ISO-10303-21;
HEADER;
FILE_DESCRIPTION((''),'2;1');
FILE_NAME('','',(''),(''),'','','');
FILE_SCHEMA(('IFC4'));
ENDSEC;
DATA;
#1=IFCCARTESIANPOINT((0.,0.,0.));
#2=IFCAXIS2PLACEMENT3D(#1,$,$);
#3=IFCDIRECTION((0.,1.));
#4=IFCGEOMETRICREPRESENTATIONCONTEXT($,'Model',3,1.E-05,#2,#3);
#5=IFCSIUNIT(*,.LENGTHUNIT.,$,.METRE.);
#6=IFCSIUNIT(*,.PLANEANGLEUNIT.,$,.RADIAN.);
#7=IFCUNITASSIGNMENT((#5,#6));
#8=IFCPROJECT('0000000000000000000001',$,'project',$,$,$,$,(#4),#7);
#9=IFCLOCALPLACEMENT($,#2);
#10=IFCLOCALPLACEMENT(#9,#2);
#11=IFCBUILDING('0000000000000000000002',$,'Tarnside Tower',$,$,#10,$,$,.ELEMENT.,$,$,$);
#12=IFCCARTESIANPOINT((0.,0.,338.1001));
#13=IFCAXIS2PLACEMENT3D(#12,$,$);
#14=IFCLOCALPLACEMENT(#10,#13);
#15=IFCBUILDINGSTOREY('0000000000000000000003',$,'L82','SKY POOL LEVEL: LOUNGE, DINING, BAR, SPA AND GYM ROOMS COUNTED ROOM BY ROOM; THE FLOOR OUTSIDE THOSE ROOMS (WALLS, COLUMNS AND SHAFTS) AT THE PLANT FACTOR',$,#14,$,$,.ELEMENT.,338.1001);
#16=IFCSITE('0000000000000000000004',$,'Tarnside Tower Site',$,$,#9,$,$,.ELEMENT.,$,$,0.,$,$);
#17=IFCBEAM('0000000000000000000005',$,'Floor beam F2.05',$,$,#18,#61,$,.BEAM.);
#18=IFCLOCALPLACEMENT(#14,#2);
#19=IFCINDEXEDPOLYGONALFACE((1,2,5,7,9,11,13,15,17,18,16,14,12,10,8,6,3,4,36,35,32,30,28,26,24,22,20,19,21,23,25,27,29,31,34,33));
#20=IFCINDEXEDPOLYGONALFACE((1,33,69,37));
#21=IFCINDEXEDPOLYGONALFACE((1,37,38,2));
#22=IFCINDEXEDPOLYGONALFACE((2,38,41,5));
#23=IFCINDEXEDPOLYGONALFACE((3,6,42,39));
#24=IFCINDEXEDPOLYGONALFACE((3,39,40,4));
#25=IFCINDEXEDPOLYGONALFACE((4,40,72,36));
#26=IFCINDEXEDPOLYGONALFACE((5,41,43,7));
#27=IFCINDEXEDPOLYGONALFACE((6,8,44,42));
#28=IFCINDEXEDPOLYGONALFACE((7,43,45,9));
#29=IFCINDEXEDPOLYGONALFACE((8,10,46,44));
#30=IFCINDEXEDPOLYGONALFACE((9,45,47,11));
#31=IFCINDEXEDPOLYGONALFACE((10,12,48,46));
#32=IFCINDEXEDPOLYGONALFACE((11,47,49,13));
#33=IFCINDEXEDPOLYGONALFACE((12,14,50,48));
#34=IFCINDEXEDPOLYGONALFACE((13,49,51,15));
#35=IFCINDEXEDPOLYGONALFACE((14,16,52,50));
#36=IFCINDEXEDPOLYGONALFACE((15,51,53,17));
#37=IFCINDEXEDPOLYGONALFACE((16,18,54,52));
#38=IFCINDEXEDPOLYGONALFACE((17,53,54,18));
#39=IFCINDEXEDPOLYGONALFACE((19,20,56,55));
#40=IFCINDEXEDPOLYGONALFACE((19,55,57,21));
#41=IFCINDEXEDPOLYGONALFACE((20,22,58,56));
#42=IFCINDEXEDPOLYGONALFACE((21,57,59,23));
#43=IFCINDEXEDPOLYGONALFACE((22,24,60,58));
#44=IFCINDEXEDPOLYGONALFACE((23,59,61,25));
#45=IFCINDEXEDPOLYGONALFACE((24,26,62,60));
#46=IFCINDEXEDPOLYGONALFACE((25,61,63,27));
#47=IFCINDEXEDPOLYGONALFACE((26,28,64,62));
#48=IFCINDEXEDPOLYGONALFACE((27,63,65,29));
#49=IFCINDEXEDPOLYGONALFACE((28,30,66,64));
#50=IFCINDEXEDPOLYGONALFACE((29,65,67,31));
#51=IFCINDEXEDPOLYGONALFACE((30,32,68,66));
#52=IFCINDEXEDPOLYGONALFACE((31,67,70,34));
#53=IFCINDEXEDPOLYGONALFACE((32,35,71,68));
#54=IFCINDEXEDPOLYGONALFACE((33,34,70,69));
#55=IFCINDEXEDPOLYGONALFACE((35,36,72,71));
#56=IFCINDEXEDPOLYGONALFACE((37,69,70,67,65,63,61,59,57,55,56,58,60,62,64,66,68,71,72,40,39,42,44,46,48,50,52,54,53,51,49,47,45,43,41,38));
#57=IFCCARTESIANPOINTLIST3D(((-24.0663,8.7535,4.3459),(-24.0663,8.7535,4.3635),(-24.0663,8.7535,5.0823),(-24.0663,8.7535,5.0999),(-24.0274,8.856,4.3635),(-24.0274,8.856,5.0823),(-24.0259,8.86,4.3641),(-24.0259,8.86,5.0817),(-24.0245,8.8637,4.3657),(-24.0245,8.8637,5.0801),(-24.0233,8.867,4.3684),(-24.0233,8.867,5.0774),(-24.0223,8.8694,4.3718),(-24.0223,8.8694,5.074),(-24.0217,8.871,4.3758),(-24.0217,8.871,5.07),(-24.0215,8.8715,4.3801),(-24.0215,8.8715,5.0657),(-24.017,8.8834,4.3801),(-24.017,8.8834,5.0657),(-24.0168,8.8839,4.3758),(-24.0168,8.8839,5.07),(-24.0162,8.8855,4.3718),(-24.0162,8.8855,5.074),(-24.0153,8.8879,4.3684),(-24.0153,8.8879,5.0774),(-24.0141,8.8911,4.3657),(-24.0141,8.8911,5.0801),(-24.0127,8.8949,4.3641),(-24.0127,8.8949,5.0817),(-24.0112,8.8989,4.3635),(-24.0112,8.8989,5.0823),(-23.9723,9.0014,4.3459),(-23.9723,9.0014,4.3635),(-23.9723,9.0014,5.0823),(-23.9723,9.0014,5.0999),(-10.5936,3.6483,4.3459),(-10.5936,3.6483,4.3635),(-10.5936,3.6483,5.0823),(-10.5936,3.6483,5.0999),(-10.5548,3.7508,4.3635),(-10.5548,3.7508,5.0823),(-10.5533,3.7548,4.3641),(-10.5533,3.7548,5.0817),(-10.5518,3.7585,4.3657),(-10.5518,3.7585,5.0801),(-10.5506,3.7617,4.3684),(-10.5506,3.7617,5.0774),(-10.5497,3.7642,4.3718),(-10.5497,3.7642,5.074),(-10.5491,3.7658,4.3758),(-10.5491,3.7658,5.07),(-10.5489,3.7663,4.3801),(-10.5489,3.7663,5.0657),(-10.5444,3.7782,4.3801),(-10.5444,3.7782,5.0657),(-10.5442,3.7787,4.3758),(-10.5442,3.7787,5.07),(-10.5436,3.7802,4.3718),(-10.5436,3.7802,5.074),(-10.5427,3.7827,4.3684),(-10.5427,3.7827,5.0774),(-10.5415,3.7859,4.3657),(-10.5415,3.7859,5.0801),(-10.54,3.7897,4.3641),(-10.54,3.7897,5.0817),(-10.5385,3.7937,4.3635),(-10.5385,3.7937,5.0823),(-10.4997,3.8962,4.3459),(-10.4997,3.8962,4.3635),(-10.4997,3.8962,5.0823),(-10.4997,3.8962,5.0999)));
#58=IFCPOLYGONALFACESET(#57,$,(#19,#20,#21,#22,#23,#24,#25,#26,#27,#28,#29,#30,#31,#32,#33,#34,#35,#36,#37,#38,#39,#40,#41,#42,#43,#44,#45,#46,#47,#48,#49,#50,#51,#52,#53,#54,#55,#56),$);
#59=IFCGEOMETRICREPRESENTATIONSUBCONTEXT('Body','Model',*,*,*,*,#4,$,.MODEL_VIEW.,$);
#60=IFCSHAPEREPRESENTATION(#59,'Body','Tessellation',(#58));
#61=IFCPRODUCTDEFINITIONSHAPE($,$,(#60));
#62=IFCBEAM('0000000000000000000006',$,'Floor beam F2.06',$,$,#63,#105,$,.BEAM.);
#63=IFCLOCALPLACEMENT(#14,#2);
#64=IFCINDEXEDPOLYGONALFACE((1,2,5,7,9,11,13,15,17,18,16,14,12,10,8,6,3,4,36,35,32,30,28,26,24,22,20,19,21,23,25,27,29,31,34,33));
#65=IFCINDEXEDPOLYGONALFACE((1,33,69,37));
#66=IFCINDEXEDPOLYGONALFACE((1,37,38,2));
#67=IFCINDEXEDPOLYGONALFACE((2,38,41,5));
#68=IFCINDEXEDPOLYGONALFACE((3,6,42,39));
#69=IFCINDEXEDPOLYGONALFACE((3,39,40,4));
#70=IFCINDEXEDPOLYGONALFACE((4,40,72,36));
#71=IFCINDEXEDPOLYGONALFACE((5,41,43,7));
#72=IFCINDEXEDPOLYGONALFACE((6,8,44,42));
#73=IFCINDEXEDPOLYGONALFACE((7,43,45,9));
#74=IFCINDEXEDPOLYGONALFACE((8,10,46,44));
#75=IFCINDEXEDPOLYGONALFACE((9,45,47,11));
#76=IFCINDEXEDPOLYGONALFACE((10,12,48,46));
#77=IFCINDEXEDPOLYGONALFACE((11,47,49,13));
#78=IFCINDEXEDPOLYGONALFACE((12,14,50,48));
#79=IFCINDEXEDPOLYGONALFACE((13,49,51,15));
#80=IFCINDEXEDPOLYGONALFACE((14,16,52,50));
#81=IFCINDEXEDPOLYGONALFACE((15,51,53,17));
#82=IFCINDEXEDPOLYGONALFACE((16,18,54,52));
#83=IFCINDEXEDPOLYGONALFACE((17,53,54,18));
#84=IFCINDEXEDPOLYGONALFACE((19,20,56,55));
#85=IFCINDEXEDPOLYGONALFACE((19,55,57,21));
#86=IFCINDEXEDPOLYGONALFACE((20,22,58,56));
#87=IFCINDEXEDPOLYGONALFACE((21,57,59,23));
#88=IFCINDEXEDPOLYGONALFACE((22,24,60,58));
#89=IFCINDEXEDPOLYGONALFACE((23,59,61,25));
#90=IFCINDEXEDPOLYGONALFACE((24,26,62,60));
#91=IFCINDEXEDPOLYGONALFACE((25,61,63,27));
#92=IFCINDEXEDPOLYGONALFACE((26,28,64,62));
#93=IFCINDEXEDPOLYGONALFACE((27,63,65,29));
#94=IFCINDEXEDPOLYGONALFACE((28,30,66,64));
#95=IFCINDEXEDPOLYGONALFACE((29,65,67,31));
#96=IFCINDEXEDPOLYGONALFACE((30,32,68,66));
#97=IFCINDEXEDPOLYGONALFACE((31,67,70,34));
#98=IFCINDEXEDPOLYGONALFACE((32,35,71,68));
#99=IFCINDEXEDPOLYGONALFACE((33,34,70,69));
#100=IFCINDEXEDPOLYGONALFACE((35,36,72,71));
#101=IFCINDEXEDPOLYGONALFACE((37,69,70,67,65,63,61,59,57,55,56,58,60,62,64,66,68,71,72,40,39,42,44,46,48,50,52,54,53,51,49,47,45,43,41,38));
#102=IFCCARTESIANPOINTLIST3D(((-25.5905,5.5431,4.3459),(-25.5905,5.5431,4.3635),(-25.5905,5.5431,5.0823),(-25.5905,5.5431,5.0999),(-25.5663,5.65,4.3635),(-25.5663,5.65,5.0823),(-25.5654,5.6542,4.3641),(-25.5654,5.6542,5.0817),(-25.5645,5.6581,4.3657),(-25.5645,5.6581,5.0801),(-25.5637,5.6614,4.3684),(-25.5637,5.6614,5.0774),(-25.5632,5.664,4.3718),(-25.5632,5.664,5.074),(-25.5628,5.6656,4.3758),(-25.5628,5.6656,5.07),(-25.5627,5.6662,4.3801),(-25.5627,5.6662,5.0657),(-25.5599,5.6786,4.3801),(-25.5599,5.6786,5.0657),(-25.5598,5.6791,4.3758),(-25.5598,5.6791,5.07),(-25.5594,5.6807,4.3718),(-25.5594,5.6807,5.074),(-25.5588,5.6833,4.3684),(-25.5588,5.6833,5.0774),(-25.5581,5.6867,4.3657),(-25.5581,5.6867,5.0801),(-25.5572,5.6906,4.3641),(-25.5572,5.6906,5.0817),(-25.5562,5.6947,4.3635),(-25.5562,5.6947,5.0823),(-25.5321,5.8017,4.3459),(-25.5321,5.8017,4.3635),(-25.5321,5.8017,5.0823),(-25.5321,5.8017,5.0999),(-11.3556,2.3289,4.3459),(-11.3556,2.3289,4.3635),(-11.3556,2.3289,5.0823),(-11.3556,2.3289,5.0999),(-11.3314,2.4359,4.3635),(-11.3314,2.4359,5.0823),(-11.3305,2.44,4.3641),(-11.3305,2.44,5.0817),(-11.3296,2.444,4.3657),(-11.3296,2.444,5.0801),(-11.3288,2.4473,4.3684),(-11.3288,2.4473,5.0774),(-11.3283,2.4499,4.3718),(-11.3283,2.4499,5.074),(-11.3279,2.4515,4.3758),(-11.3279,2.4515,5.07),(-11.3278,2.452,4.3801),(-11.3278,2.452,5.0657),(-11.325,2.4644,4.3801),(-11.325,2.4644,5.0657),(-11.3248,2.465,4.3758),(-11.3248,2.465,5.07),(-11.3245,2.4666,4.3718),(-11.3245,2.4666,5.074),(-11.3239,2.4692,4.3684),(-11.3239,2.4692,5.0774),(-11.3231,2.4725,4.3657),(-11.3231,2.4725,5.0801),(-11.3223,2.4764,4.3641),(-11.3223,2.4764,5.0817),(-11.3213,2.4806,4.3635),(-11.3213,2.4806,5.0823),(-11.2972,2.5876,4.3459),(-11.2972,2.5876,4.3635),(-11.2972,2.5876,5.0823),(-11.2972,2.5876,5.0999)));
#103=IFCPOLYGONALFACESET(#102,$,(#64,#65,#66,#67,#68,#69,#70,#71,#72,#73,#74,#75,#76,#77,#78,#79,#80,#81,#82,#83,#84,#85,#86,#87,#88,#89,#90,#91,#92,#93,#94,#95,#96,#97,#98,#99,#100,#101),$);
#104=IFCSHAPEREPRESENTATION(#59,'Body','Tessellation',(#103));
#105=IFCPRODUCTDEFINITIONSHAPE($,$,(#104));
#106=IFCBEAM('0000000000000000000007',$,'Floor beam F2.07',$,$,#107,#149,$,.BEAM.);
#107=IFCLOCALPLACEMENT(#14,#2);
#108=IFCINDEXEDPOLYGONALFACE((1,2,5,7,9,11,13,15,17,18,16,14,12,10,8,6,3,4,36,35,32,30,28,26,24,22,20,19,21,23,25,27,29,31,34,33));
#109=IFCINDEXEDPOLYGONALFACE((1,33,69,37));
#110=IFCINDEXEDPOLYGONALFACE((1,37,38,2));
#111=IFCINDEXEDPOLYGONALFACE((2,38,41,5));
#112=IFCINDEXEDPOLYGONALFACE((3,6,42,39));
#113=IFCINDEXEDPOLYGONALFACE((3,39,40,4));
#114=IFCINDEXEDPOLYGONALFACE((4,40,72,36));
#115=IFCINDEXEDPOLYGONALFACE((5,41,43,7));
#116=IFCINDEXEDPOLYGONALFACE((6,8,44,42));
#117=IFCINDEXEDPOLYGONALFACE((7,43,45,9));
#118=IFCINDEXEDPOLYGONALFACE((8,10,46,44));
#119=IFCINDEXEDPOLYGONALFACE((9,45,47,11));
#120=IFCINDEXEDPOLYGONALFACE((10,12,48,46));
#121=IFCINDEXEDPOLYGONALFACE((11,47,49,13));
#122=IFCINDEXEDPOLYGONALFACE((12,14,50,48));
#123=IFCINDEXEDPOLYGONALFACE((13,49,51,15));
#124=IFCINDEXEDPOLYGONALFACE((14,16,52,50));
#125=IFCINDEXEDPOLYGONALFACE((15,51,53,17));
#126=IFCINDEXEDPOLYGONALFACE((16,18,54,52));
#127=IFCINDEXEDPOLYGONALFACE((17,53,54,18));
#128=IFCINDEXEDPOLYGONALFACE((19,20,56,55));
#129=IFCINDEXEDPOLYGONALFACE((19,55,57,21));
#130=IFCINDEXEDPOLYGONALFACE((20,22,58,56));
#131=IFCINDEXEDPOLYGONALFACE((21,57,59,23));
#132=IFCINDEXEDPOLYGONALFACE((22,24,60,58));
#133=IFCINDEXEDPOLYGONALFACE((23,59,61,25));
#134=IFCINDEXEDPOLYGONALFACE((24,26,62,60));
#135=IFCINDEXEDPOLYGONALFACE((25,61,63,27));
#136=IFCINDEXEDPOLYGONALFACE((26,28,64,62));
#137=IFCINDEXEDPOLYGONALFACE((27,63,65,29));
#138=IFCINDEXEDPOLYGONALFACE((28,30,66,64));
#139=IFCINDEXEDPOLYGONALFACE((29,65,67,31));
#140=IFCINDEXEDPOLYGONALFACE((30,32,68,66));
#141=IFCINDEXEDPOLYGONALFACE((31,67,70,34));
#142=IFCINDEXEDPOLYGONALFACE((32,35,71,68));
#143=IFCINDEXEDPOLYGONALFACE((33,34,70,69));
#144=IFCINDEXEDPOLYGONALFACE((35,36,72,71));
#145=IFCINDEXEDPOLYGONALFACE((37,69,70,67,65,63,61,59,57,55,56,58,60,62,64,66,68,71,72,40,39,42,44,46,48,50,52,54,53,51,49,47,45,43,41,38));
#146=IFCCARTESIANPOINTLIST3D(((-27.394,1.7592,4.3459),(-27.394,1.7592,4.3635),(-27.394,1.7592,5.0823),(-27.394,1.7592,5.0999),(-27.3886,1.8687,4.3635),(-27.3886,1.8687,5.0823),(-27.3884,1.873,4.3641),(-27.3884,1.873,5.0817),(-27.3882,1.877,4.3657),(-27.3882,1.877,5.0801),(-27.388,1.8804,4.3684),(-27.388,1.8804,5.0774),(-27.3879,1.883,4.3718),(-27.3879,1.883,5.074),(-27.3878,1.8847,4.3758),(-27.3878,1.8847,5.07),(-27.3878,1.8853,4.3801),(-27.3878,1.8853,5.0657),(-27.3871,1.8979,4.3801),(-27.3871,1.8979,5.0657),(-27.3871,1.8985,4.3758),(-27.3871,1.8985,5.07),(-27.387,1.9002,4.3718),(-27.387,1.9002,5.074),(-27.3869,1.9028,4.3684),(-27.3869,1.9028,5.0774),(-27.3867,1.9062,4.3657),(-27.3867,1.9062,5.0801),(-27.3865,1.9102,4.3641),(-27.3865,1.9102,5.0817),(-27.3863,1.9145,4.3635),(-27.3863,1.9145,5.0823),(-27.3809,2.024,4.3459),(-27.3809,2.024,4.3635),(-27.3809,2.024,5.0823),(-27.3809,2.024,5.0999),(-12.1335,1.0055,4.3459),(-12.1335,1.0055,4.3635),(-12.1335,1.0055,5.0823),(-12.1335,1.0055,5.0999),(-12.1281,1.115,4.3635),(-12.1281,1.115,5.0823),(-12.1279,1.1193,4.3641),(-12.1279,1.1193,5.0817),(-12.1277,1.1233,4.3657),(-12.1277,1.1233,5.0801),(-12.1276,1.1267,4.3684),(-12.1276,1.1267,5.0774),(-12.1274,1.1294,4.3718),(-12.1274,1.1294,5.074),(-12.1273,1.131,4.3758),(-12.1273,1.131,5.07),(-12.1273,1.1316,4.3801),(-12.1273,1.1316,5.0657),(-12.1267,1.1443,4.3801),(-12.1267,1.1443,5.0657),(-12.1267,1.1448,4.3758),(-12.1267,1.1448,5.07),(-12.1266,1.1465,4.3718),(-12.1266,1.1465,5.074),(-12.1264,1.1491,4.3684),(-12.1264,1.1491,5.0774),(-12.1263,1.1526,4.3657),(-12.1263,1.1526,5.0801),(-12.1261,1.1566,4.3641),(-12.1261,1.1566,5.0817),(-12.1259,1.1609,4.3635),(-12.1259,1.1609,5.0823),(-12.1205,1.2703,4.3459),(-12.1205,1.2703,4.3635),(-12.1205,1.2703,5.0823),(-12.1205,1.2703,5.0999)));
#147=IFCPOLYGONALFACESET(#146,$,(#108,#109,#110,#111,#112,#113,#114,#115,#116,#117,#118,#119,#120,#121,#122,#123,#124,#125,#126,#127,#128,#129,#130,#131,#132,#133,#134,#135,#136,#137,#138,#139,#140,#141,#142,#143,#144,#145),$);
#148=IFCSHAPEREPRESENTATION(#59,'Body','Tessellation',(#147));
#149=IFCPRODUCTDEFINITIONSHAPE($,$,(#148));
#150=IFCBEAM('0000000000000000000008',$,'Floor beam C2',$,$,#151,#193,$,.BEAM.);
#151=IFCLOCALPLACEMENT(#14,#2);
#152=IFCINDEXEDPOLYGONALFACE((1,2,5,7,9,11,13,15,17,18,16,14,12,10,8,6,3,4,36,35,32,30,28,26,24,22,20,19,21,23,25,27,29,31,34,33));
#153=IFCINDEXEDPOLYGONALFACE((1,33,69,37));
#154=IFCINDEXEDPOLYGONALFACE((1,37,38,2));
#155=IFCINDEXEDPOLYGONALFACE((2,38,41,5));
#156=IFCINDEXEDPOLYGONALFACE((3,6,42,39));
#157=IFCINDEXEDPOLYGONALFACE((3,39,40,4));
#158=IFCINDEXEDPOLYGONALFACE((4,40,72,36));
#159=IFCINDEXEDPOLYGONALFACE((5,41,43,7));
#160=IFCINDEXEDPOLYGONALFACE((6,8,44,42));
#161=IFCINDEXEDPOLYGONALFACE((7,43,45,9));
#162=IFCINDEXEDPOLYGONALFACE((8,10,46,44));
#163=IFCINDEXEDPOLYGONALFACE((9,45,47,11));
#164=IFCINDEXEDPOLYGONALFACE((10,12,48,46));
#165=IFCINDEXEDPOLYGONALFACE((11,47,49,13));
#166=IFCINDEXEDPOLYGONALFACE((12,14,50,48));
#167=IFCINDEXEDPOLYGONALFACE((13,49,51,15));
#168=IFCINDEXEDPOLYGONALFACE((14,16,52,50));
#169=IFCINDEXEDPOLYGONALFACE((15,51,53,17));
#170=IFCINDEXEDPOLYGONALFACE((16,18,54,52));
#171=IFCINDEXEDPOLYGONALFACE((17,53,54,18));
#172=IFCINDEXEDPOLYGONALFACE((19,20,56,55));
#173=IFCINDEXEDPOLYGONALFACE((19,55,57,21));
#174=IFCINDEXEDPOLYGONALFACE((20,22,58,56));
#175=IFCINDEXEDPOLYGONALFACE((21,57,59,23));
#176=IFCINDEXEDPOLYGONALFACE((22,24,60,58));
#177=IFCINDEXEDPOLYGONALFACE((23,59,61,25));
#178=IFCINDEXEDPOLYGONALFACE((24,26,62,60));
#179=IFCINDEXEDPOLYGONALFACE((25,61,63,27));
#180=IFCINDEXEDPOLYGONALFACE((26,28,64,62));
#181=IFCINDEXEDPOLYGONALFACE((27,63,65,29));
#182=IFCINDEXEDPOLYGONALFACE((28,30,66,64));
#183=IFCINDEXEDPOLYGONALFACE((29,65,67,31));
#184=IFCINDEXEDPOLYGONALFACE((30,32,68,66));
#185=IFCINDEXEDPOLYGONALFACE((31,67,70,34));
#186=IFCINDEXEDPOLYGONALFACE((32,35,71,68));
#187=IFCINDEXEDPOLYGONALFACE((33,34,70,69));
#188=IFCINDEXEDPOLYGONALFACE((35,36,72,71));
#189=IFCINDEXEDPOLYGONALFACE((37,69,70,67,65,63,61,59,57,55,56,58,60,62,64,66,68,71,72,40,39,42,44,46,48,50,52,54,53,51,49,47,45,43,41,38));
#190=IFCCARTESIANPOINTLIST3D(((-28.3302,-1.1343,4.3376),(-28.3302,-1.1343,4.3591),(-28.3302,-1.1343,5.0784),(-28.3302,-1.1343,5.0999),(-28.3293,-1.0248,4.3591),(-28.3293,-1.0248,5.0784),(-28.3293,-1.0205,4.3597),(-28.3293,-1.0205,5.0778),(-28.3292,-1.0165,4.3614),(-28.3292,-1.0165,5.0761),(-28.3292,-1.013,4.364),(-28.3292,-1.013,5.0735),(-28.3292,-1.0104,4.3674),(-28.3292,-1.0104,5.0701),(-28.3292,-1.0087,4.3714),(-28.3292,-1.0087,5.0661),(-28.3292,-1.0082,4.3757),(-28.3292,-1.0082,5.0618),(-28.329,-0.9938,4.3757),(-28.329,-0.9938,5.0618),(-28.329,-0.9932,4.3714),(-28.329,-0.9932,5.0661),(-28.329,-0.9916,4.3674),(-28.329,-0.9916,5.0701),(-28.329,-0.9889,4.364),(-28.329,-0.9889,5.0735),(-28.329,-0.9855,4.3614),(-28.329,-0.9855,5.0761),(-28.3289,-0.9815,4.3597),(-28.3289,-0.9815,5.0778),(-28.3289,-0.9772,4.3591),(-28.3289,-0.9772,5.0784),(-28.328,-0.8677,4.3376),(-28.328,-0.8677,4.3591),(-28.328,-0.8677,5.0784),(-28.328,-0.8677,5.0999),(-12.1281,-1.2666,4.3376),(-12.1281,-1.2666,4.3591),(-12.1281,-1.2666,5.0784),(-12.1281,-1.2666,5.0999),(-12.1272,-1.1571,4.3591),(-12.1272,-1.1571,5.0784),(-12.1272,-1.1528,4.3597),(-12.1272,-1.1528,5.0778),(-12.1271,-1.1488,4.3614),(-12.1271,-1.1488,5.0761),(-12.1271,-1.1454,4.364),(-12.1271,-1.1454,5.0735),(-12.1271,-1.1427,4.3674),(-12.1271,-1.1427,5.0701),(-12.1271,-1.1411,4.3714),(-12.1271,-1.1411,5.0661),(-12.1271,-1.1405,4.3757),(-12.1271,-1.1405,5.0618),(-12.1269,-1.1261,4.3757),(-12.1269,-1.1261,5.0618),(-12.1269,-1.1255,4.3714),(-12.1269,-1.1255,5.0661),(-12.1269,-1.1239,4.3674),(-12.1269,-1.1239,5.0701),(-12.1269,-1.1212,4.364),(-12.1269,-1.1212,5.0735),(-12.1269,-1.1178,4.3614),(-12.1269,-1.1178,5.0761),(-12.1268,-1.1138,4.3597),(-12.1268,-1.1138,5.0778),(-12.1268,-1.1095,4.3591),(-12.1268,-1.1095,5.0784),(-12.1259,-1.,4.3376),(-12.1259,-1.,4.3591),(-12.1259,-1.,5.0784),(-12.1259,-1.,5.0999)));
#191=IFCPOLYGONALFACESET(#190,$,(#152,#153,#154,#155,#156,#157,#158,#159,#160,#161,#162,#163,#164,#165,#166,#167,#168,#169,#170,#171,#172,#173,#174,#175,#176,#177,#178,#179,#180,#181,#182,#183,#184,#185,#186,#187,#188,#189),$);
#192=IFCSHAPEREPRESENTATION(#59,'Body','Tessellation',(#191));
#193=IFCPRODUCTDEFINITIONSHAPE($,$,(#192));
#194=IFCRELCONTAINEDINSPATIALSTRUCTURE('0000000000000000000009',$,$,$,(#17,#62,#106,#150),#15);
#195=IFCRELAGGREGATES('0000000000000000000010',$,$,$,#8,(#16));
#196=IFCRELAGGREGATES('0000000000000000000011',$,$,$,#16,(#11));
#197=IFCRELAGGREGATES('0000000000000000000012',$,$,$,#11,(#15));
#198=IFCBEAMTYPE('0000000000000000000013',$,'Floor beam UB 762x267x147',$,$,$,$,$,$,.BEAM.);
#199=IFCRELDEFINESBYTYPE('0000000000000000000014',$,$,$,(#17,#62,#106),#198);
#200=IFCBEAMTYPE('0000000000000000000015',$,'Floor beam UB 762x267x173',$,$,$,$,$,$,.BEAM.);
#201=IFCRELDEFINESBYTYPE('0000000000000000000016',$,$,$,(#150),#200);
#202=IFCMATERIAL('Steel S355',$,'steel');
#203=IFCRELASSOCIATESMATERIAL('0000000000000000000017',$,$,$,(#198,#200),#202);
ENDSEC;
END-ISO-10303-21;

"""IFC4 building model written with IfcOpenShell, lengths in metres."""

from ifc_helpers import new_model, si_unit, direction, frame, origin, origin_2d, place, context, subcontext, project, spatial, i_section, extrude, material, material_profile, profile_set, type_object, element, save


model = new_model("IFC4")

# Units and contexts
model_context = context("Model", 3, precision=1e-05, world=origin(), true_north=direction((0.0, 1.0)))
body_context = subcontext(model_context, "Body", "Model", "MODEL_VIEW")
ifc_project = project(units=[si_unit("LENGTHUNIT", "METRE"), si_unit("PLANEANGLEUNIT", "RADIAN")], contexts=[model_context])

# Site, building, storey
site_placement = place(None, origin())
site = spatial("IfcSite", under=ifc_project, at=site_placement, Name="Tarnside Tower Site", CompositionType="ELEMENT", RefElevation=0.0)
building_placement = place(site_placement, origin())
building = spatial("IfcBuilding", under=site, at=building_placement, Name="Tarnside Tower", CompositionType="ELEMENT")
storey_placement = place(building_placement, frame((0.0, 0.0, 338.1001)))
storey = spatial("IfcBuildingStorey", under=building, at=storey_placement, Name="L82", Description="SKY POOL LEVEL: LOUNGE, DINING, BAR, SPA AND GYM ROOMS COUNTED ROOM BY ROOM; THE FLOOR OUTSIDE THOSE ROOMS (WALLS, COLUMNS AND SHAFTS) AT THE PLANT FACTOR", CompositionType="ELEMENT", Elevation=338.1001)

# Beams
ifc_material_1 = material(Name="Steel S355", Category="steel")
ifc_material_profile_1 = material_profile(ifc_material_1, i_section(OverallWidth=0.2651, OverallDepth=0.7539, WebThickness=0.0127, FlangeThickness=0.0176, FilletRadius=0.0166, at=origin_2d()), Name="UB 762x267x147")
ifc_profile_set_1 = profile_set([ifc_material_profile_1], Name="Steel S355")
beam_type_1 = type_object("IfcBeamType", Name="Floor beam UB 762x267x147", PredefinedType="BEAM", material=ifc_profile_set_1)
beam_1_placement = place(storey_placement, frame((-24.0193, 8.8774, 4.7229), z_axis=(0.935115, -0.354345, 0.0), x_axis=(0.354345, 0.935115, 0.0)))
element("IfcBeam", 1, at=beam_1_placement, inside=storey, type_object=beam_type_1, Name="Floor beam F2.05", PredefinedType="BEAM", context=body_context, shape_type="SweptSolid", body=[
    extrude(i_section(OverallWidth=0.2651, OverallDepth=0.7539, WebThickness=0.0127, FlangeThickness=0.0176, FilletRadius=0.0166, at=origin_2d()), origin(), (0.0, 0.0, 1.0), 14.4075),
])
beam_2_placement = place(storey_placement, frame((-25.5613, 5.6724, 4.7229), z_axis=(0.975444, -0.220247, 0.0), x_axis=(0.220247, 0.975444, 0.0)))
element("IfcBeam", 2, at=beam_2_placement, inside=storey, type_object=beam_type_1, Name="Floor beam F2.06", PredefinedType="BEAM", context=body_context, shape_type="SweptSolid", body=[
    extrude(i_section(OverallWidth=0.2651, OverallDepth=0.7539, WebThickness=0.0127, FlangeThickness=0.0176, FilletRadius=0.0166, at=origin_2d()), origin(), (0.0, 0.0, 1.0), 14.5933),
])
beam_3_placement = place(storey_placement, frame((-27.3875, 1.8916, 4.7229), z_axis=(0.998783, -0.049326, 0.0), x_axis=(0.049326, 0.998783, 0.0)))
element("IfcBeam", 3, at=beam_3_placement, inside=storey, type_object=beam_type_1, Name="Floor beam F2.07", PredefinedType="BEAM", context=body_context, shape_type="SweptSolid", body=[
    extrude(i_section(OverallWidth=0.2651, OverallDepth=0.7539, WebThickness=0.0127, FlangeThickness=0.0176, FilletRadius=0.0166, at=origin_2d()), origin(), (0.0, 0.0, 1.0), 15.2791),
])
ifc_material_profile_2 = material_profile(ifc_material_1, i_section(OverallWidth=0.2666, OverallDepth=0.7622, WebThickness=0.0144, FlangeThickness=0.0215, FilletRadius=0.0166, at=origin_2d()), Name="UB 762x267x173")
ifc_profile_set_2 = profile_set([ifc_material_profile_2], Name="Steel S355")
beam_type_2 = type_object("IfcBeamType", Name="Floor beam UB 762x267x173", PredefinedType="BEAM", material=ifc_profile_set_2)
beam_4_placement = place(storey_placement, frame((-28.3291, -1.001, 4.7188), z_axis=(0.999967, -0.008167, 0.0), x_axis=(0.008167, 0.999967, 0.0)))
element("IfcBeam", 4, at=beam_4_placement, inside=storey, type_object=beam_type_2, Name="Floor beam C2", PredefinedType="BEAM", context=body_context, shape_type="SweptSolid", body=[
    extrude(i_section(OverallWidth=0.2666, OverallDepth=0.7622, WebThickness=0.0144, FlangeThickness=0.0215, FilletRadius=0.0166, at=origin_2d()), origin(), (0.0, 0.0, 1.0), 16.2026),
])

save(model, "model.ifc")
